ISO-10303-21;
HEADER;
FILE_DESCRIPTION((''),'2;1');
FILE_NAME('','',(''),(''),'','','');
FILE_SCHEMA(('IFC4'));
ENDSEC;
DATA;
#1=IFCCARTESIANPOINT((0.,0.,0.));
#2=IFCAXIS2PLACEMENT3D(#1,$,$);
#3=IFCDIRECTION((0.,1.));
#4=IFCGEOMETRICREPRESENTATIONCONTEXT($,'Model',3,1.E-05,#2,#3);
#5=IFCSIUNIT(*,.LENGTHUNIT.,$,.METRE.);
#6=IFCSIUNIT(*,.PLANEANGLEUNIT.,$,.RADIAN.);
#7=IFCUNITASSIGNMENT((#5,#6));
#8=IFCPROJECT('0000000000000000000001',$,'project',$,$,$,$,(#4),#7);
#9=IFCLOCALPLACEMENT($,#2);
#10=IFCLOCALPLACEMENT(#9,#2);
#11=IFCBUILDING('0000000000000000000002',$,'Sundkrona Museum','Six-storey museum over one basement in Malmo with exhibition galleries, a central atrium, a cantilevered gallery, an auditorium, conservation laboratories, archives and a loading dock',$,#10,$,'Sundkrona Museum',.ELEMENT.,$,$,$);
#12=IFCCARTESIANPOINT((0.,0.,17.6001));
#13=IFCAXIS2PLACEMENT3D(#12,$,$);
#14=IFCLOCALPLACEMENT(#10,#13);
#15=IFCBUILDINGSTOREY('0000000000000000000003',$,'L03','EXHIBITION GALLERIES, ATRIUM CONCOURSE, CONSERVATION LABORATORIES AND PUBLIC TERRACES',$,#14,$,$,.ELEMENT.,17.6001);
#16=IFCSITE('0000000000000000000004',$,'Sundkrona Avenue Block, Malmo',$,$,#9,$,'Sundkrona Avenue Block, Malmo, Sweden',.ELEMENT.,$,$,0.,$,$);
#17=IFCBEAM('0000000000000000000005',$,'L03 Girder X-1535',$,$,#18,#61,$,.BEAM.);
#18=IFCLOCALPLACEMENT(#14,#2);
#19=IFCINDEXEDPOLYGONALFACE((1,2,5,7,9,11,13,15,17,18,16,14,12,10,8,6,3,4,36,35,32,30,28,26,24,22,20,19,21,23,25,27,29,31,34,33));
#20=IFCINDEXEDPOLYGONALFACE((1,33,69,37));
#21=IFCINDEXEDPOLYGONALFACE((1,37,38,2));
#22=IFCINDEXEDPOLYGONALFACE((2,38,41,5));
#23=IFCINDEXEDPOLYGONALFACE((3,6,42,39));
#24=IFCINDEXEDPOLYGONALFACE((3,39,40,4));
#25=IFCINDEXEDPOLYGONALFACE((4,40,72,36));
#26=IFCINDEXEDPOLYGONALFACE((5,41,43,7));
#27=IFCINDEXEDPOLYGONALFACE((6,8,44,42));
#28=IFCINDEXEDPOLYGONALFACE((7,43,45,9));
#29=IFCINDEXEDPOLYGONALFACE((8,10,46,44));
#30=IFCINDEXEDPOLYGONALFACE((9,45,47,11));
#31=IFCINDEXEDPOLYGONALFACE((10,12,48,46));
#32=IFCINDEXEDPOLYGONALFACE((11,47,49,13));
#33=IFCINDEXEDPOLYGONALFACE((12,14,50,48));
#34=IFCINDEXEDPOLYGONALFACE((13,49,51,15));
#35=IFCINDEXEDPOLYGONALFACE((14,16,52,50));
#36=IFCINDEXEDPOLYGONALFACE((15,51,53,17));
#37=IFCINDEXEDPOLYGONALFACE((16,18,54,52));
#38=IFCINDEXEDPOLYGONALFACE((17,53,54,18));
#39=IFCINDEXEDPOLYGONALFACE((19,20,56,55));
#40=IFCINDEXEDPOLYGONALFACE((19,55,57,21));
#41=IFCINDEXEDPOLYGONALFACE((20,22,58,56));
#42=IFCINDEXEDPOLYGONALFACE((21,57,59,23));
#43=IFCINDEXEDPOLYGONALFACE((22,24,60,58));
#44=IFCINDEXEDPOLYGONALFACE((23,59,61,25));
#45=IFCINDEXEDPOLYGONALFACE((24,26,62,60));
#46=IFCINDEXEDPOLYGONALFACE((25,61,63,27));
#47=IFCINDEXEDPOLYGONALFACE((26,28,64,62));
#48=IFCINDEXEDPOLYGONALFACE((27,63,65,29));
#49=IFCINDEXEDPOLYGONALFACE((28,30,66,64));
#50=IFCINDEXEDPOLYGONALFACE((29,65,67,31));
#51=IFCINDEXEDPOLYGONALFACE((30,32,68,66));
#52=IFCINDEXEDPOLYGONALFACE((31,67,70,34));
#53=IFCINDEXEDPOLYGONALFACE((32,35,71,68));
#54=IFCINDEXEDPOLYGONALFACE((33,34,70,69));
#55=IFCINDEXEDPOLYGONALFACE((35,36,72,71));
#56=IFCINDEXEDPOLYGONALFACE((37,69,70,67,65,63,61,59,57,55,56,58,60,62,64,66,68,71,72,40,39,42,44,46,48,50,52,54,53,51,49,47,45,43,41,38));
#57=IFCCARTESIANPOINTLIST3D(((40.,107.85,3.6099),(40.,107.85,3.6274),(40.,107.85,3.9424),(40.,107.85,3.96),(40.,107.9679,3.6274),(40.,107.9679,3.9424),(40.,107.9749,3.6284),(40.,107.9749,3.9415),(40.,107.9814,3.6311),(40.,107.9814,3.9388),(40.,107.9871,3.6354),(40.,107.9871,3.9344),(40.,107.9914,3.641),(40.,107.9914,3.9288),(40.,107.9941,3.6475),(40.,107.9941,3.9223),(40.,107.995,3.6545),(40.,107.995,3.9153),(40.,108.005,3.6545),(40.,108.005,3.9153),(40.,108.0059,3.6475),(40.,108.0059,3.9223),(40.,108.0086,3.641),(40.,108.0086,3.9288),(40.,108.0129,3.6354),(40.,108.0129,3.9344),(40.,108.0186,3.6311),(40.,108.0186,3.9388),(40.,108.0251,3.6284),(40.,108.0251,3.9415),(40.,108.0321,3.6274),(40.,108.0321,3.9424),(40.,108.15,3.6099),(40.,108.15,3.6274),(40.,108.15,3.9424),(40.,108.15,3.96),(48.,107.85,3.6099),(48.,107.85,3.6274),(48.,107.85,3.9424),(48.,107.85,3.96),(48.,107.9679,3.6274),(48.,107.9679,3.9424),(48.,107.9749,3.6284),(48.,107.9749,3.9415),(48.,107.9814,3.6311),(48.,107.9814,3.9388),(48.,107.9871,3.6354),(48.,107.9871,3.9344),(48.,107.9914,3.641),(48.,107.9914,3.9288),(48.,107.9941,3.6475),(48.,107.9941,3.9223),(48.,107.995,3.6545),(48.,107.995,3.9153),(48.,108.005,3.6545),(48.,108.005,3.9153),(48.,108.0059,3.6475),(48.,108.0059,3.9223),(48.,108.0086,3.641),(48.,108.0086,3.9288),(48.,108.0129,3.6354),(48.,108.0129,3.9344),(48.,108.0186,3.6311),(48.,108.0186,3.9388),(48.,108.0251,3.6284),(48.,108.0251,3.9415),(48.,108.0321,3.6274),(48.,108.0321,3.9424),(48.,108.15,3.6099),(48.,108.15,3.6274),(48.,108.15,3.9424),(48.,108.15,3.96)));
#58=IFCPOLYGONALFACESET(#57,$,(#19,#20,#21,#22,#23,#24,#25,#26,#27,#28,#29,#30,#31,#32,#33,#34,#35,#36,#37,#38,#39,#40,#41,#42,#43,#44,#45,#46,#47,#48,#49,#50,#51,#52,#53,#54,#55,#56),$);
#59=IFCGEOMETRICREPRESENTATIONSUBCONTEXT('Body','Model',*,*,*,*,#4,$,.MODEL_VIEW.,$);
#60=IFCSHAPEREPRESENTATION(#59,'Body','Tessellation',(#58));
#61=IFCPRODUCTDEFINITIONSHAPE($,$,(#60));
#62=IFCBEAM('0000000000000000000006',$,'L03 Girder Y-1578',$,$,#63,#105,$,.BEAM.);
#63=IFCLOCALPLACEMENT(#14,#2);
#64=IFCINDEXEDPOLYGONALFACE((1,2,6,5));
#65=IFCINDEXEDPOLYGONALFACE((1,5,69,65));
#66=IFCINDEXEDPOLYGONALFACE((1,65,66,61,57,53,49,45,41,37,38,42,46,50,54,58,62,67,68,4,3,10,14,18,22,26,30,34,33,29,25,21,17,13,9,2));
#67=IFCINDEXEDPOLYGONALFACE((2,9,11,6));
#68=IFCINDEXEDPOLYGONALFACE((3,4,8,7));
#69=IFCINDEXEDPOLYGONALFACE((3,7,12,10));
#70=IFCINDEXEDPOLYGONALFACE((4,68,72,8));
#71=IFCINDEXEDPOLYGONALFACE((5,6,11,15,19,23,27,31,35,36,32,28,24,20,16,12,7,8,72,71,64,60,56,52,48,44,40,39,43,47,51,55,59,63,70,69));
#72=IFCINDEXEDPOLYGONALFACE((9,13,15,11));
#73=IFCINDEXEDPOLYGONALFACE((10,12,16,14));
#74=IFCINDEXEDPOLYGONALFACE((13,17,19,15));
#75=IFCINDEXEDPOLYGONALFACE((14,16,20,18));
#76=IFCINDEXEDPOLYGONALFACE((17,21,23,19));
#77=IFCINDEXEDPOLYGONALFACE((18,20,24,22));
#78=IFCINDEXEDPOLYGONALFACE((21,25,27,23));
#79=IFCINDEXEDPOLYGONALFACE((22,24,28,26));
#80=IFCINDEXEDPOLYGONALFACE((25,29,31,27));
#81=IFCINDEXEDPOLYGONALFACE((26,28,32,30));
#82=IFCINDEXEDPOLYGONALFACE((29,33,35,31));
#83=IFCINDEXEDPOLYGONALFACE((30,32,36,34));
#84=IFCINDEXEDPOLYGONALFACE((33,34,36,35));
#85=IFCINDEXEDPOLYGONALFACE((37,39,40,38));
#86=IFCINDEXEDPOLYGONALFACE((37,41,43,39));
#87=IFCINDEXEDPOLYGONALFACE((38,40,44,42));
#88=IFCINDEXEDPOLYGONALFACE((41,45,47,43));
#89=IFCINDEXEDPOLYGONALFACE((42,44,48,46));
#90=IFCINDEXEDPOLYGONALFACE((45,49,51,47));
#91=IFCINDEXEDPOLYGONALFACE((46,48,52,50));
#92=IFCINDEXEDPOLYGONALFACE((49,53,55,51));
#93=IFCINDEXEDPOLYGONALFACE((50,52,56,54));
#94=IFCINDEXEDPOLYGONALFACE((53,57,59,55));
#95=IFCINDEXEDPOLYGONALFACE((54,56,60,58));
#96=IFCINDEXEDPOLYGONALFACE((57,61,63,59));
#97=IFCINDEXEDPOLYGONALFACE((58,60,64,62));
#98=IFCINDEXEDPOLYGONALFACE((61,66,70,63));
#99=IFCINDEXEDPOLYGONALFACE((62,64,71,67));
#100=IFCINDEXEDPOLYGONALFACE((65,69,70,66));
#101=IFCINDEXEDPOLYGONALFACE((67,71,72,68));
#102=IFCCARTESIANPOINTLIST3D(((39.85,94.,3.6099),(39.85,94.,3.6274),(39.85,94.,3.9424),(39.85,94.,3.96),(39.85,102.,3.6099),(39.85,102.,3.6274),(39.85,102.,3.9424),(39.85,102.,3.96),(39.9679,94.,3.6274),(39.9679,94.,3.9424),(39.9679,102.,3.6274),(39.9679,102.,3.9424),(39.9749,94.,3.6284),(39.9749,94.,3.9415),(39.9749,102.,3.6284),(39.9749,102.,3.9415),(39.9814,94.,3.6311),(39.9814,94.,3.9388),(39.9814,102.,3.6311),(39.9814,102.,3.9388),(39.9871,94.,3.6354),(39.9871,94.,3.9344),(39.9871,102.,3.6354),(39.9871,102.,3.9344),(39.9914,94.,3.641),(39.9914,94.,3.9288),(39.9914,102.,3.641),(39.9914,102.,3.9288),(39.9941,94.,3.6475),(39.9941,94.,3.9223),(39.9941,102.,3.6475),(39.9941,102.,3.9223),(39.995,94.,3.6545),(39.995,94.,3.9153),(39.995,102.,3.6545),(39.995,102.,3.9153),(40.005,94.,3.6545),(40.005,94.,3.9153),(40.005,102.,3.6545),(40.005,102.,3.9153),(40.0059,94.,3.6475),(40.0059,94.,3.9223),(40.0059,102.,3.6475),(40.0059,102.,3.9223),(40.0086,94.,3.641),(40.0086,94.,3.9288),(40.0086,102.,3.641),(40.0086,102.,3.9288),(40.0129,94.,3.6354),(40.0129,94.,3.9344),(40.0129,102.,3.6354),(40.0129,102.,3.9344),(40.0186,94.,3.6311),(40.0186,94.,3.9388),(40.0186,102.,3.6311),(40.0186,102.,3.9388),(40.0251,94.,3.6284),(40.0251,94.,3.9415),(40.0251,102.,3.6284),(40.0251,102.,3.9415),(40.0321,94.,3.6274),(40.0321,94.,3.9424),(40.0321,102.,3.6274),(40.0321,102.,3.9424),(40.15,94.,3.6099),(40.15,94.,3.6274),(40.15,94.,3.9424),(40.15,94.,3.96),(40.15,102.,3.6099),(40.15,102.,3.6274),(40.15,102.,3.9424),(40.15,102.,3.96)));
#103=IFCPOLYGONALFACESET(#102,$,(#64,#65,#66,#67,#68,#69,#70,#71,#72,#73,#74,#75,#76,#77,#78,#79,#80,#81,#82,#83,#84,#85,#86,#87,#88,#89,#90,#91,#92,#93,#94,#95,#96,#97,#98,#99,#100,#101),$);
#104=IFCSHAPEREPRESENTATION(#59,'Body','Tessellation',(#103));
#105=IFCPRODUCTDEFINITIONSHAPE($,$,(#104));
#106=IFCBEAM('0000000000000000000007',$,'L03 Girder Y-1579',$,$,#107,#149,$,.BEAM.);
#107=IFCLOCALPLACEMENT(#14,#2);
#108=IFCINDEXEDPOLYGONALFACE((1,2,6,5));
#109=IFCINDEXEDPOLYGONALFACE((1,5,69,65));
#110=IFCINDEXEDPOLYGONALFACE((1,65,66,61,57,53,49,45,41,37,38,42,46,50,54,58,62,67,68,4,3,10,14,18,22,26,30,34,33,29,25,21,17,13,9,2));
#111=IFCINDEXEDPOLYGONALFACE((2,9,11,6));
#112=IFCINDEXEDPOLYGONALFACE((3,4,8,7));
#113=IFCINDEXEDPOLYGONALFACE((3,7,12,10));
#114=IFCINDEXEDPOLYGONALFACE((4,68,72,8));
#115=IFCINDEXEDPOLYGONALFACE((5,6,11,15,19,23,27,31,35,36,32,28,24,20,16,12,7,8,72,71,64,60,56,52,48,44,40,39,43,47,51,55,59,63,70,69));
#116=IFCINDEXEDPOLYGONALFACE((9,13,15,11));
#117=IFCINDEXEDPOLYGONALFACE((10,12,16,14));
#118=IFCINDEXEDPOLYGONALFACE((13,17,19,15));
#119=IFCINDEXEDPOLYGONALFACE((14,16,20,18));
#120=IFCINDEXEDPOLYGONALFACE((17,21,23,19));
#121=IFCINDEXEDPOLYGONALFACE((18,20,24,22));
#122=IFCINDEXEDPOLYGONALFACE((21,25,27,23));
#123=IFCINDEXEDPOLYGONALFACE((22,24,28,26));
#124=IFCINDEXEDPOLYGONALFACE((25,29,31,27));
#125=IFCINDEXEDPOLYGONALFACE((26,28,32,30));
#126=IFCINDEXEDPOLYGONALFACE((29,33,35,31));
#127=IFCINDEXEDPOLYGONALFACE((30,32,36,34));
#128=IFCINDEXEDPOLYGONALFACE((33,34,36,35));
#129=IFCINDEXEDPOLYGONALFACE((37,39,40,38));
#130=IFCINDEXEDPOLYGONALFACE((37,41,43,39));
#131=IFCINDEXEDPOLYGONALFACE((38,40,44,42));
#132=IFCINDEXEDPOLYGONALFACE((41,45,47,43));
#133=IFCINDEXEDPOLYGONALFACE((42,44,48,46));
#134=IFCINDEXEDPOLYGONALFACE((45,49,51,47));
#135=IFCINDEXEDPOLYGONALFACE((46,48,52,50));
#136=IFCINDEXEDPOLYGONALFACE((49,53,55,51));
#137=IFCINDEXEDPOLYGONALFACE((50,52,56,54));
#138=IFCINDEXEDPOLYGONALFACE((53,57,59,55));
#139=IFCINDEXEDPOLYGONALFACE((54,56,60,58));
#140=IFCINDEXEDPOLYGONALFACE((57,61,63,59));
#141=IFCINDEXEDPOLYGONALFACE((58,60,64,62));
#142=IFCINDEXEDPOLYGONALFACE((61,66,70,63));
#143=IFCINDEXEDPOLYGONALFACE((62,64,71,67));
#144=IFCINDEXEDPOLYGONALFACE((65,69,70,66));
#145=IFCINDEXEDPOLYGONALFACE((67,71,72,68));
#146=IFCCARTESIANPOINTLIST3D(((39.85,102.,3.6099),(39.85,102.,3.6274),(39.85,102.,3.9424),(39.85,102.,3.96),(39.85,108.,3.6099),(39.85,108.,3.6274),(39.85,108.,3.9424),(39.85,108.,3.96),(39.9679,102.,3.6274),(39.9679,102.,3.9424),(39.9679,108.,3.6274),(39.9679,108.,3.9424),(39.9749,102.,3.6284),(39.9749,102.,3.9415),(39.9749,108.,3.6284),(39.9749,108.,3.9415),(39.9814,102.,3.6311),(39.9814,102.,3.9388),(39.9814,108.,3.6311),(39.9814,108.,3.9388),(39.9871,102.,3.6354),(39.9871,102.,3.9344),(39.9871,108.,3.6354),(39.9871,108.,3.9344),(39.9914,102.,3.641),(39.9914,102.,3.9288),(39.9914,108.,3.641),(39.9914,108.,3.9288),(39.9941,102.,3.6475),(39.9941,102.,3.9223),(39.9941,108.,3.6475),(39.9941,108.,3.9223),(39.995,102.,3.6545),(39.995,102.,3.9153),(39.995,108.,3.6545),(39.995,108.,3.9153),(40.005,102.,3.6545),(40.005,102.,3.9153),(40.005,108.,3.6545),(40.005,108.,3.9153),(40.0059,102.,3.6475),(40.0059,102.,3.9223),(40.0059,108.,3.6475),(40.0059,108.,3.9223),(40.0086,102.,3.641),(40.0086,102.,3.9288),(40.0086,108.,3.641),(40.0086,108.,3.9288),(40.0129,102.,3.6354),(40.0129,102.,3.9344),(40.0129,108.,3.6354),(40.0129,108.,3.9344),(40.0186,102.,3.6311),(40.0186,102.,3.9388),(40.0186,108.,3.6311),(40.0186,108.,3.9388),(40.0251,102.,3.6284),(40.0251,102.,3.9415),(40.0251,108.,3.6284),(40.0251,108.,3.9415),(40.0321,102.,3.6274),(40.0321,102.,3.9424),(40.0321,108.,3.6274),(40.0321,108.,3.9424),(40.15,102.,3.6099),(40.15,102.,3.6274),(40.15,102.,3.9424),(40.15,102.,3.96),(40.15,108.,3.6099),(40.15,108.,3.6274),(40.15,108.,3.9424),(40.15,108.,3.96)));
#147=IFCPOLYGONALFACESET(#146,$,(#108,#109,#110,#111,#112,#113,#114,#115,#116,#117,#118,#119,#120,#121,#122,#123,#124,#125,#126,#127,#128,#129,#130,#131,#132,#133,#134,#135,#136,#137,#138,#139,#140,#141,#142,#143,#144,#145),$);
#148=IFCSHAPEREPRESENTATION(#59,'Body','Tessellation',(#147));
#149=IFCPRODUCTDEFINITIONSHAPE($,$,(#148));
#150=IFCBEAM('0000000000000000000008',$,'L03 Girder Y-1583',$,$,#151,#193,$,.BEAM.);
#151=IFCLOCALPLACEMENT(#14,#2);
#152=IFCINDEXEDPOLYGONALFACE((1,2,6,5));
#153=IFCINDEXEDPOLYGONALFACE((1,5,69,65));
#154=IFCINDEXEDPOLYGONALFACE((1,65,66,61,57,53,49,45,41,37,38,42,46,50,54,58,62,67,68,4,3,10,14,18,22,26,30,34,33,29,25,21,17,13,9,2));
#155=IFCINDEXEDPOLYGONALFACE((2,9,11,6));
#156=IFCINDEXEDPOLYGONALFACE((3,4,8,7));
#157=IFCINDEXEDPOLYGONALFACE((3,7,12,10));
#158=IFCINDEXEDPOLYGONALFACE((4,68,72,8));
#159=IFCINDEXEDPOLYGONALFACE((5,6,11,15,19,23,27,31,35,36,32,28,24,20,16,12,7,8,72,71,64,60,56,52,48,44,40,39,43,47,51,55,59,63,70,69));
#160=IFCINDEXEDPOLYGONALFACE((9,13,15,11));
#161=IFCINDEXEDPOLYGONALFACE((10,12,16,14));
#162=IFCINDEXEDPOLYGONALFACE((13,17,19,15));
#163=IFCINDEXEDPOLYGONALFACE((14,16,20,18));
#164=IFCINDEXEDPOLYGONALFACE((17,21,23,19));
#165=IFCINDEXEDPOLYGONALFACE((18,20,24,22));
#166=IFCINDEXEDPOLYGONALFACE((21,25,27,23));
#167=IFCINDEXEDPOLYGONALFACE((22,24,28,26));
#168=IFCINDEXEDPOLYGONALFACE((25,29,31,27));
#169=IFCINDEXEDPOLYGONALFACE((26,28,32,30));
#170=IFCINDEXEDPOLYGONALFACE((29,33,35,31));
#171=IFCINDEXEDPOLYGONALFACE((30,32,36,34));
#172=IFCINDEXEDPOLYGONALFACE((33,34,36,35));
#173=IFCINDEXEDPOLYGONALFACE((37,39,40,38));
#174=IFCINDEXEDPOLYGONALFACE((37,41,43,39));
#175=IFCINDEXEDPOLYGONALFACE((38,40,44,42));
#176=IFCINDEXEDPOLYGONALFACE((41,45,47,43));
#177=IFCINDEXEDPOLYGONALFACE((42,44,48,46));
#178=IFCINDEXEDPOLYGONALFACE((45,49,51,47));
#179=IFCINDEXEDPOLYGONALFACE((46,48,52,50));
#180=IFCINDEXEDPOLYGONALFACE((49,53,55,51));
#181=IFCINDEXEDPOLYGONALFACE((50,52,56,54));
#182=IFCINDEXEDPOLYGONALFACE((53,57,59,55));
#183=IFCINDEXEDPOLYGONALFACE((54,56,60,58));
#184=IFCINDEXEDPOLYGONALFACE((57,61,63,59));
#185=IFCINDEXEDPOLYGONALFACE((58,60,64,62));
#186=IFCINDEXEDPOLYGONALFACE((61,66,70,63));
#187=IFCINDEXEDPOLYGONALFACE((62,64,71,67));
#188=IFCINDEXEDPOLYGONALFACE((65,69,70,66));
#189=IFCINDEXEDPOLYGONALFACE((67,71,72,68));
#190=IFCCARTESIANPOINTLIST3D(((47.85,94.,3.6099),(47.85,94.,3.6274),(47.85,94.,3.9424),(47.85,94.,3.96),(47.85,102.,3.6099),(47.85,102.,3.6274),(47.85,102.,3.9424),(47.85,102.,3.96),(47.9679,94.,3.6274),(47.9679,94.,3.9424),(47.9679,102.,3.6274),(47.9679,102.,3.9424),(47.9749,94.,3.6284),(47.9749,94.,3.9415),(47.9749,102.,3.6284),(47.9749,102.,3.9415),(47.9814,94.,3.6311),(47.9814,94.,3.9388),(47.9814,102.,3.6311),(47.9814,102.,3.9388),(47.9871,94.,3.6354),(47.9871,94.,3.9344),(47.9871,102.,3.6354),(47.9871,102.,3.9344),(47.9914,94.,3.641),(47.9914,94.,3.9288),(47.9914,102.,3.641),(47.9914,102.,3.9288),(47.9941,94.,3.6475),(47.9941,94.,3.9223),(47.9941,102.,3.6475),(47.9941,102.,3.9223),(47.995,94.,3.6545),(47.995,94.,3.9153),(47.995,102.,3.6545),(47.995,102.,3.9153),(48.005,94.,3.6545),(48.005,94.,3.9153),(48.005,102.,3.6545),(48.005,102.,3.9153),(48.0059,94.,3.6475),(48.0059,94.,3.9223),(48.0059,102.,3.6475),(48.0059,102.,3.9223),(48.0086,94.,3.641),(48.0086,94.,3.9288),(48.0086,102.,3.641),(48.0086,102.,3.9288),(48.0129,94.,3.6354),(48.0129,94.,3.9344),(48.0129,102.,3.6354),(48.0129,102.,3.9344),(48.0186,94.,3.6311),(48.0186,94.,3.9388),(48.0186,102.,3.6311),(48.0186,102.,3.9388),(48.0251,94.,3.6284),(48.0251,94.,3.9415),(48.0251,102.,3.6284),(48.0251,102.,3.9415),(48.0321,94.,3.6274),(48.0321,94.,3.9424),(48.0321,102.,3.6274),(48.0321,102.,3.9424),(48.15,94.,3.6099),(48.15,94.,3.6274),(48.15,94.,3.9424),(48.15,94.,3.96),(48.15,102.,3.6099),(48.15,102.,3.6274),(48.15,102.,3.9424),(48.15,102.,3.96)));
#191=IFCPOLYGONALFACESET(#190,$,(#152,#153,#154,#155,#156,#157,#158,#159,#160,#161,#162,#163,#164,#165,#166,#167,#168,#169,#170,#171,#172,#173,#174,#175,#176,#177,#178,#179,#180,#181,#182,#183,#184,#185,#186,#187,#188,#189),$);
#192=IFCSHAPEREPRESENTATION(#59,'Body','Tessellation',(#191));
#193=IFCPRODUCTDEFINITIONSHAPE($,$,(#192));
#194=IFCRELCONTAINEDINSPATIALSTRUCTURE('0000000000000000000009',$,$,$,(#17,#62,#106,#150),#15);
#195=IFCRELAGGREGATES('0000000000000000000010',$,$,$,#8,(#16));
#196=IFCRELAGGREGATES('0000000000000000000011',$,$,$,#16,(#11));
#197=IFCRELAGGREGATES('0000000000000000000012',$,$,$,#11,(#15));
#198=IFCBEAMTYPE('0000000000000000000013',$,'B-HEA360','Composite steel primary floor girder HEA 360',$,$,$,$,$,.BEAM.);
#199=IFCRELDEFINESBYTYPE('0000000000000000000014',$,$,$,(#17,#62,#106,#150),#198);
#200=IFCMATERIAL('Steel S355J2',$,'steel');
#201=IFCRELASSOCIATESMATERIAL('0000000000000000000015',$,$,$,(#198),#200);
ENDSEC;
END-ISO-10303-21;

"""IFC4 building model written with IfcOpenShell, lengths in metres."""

from ifc_helpers import new_model, si_unit, direction, frame, origin, origin_2d, place, context, subcontext, project, spatial, i_section, extrude, material, material_profile, profile_set, type_object, element, save


model = new_model("IFC4")

# Units and contexts
model_context = context("Model", 3, precision=1e-05, world=origin(), true_north=direction((0.0, 1.0)))
body_context = subcontext(model_context, "Body", "Model", "MODEL_VIEW")
ifc_project = project(units=[si_unit("LENGTHUNIT", "METRE"), si_unit("PLANEANGLEUNIT", "RADIAN")], contexts=[model_context])

# Site, building, storey
site_placement = place(None, origin())
site = spatial("IfcSite", under=ifc_project, at=site_placement, Name="Sundkrona Avenue Block, Malmo", LongName="Sundkrona Avenue Block, Malmo, Sweden", CompositionType="ELEMENT", RefElevation=0.0)
building_placement = place(site_placement, origin())
building = spatial("IfcBuilding", under=site, at=building_placement, Name="Sundkrona Museum", Description="Six-storey museum over one basement in Malmo with exhibition galleries, a central atrium, a cantilevered gallery, an auditorium, conservation laboratories, archives and a loading dock", LongName="Sundkrona Museum", CompositionType="ELEMENT")
storey_placement = place(building_placement, frame((0.0, 0.0, 17.6001)))
storey = spatial("IfcBuildingStorey", under=building, at=storey_placement, Name="L03", Description="EXHIBITION GALLERIES, ATRIUM CONCOURSE, CONSERVATION LABORATORIES AND PUBLIC TERRACES", CompositionType="ELEMENT", Elevation=17.6001)

# Shared definitions
ifc_material_1 = material(Name="Steel S355J2", Category="steel")

# Beams
ifc_material_profile_1 = material_profile(ifc_material_1, i_section(OverallWidth=0.3, OverallDepth=0.3501, WebThickness=0.01, FlangeThickness=0.0176, FilletRadius=0.0271, at=origin_2d()), Name="HEA 360")
ifc_profile_set_1 = profile_set([ifc_material_profile_1], Name="Steel S355J2")
beam_type_1 = type_object("IfcBeamType", Name="B-HEA360", Description="Composite steel primary floor girder HEA 360", PredefinedType="BEAM", material=ifc_profile_set_1)
for number, where, z_axis, x_axis, name in (
    (1, (40.0, 108.0, 3.7849), (1.0, 0.0, 0.0), (0.0, 1.0, 0.0), "L03 Girder X-1535"),
    (2, (40.0, 94.0, 3.7849), (0.0, 1.0, 0.0), (-1.0, 0.0, 0.0), "L03 Girder Y-1578"),
):
    element("IfcBeam", number, at=place(storey_placement, frame(where, z_axis=z_axis, x_axis=x_axis)), inside=storey, type_object=beam_type_1, Name=name, PredefinedType="BEAM", context=body_context, shape_type="SweptSolid", body=[
        extrude(i_section(OverallWidth=0.3, OverallDepth=0.3501, WebThickness=0.01, FlangeThickness=0.0176, FilletRadius=0.0271, at=origin_2d()), origin(), (0.0, 0.0, 1.0), 8.0),
    ])
beam_1_placement = place(storey_placement, frame((40.0, 102.0, 3.7849), z_axis=(0.0, 1.0, 0.0), x_axis=(-1.0, 0.0, 0.0)))
element("IfcBeam", 3, at=beam_1_placement, inside=storey, type_object=beam_type_1, Name="L03 Girder Y-1579", PredefinedType="BEAM", context=body_context, shape_type="SweptSolid", body=[
    extrude(i_section(OverallWidth=0.3, OverallDepth=0.3501, WebThickness=0.01, FlangeThickness=0.0176, FilletRadius=0.0271, at=origin_2d()), origin(), (0.0, 0.0, 1.0), 6.0),
])
beam_2_placement = place(storey_placement, frame((48.0, 94.0, 3.7849), z_axis=(0.0, 1.0, 0.0), x_axis=(-1.0, 0.0, 0.0)))
element("IfcBeam", 4, at=beam_2_placement, inside=storey, type_object=beam_type_1, Name="L03 Girder Y-1583", PredefinedType="BEAM", context=body_context, shape_type="SweptSolid", body=[
    extrude(i_section(OverallWidth=0.3, OverallDepth=0.3501, WebThickness=0.01, FlangeThickness=0.0176, FilletRadius=0.0271, at=origin_2d()), origin(), (0.0, 0.0, 1.0), 8.0),
])

save(model, "model.ifc")
